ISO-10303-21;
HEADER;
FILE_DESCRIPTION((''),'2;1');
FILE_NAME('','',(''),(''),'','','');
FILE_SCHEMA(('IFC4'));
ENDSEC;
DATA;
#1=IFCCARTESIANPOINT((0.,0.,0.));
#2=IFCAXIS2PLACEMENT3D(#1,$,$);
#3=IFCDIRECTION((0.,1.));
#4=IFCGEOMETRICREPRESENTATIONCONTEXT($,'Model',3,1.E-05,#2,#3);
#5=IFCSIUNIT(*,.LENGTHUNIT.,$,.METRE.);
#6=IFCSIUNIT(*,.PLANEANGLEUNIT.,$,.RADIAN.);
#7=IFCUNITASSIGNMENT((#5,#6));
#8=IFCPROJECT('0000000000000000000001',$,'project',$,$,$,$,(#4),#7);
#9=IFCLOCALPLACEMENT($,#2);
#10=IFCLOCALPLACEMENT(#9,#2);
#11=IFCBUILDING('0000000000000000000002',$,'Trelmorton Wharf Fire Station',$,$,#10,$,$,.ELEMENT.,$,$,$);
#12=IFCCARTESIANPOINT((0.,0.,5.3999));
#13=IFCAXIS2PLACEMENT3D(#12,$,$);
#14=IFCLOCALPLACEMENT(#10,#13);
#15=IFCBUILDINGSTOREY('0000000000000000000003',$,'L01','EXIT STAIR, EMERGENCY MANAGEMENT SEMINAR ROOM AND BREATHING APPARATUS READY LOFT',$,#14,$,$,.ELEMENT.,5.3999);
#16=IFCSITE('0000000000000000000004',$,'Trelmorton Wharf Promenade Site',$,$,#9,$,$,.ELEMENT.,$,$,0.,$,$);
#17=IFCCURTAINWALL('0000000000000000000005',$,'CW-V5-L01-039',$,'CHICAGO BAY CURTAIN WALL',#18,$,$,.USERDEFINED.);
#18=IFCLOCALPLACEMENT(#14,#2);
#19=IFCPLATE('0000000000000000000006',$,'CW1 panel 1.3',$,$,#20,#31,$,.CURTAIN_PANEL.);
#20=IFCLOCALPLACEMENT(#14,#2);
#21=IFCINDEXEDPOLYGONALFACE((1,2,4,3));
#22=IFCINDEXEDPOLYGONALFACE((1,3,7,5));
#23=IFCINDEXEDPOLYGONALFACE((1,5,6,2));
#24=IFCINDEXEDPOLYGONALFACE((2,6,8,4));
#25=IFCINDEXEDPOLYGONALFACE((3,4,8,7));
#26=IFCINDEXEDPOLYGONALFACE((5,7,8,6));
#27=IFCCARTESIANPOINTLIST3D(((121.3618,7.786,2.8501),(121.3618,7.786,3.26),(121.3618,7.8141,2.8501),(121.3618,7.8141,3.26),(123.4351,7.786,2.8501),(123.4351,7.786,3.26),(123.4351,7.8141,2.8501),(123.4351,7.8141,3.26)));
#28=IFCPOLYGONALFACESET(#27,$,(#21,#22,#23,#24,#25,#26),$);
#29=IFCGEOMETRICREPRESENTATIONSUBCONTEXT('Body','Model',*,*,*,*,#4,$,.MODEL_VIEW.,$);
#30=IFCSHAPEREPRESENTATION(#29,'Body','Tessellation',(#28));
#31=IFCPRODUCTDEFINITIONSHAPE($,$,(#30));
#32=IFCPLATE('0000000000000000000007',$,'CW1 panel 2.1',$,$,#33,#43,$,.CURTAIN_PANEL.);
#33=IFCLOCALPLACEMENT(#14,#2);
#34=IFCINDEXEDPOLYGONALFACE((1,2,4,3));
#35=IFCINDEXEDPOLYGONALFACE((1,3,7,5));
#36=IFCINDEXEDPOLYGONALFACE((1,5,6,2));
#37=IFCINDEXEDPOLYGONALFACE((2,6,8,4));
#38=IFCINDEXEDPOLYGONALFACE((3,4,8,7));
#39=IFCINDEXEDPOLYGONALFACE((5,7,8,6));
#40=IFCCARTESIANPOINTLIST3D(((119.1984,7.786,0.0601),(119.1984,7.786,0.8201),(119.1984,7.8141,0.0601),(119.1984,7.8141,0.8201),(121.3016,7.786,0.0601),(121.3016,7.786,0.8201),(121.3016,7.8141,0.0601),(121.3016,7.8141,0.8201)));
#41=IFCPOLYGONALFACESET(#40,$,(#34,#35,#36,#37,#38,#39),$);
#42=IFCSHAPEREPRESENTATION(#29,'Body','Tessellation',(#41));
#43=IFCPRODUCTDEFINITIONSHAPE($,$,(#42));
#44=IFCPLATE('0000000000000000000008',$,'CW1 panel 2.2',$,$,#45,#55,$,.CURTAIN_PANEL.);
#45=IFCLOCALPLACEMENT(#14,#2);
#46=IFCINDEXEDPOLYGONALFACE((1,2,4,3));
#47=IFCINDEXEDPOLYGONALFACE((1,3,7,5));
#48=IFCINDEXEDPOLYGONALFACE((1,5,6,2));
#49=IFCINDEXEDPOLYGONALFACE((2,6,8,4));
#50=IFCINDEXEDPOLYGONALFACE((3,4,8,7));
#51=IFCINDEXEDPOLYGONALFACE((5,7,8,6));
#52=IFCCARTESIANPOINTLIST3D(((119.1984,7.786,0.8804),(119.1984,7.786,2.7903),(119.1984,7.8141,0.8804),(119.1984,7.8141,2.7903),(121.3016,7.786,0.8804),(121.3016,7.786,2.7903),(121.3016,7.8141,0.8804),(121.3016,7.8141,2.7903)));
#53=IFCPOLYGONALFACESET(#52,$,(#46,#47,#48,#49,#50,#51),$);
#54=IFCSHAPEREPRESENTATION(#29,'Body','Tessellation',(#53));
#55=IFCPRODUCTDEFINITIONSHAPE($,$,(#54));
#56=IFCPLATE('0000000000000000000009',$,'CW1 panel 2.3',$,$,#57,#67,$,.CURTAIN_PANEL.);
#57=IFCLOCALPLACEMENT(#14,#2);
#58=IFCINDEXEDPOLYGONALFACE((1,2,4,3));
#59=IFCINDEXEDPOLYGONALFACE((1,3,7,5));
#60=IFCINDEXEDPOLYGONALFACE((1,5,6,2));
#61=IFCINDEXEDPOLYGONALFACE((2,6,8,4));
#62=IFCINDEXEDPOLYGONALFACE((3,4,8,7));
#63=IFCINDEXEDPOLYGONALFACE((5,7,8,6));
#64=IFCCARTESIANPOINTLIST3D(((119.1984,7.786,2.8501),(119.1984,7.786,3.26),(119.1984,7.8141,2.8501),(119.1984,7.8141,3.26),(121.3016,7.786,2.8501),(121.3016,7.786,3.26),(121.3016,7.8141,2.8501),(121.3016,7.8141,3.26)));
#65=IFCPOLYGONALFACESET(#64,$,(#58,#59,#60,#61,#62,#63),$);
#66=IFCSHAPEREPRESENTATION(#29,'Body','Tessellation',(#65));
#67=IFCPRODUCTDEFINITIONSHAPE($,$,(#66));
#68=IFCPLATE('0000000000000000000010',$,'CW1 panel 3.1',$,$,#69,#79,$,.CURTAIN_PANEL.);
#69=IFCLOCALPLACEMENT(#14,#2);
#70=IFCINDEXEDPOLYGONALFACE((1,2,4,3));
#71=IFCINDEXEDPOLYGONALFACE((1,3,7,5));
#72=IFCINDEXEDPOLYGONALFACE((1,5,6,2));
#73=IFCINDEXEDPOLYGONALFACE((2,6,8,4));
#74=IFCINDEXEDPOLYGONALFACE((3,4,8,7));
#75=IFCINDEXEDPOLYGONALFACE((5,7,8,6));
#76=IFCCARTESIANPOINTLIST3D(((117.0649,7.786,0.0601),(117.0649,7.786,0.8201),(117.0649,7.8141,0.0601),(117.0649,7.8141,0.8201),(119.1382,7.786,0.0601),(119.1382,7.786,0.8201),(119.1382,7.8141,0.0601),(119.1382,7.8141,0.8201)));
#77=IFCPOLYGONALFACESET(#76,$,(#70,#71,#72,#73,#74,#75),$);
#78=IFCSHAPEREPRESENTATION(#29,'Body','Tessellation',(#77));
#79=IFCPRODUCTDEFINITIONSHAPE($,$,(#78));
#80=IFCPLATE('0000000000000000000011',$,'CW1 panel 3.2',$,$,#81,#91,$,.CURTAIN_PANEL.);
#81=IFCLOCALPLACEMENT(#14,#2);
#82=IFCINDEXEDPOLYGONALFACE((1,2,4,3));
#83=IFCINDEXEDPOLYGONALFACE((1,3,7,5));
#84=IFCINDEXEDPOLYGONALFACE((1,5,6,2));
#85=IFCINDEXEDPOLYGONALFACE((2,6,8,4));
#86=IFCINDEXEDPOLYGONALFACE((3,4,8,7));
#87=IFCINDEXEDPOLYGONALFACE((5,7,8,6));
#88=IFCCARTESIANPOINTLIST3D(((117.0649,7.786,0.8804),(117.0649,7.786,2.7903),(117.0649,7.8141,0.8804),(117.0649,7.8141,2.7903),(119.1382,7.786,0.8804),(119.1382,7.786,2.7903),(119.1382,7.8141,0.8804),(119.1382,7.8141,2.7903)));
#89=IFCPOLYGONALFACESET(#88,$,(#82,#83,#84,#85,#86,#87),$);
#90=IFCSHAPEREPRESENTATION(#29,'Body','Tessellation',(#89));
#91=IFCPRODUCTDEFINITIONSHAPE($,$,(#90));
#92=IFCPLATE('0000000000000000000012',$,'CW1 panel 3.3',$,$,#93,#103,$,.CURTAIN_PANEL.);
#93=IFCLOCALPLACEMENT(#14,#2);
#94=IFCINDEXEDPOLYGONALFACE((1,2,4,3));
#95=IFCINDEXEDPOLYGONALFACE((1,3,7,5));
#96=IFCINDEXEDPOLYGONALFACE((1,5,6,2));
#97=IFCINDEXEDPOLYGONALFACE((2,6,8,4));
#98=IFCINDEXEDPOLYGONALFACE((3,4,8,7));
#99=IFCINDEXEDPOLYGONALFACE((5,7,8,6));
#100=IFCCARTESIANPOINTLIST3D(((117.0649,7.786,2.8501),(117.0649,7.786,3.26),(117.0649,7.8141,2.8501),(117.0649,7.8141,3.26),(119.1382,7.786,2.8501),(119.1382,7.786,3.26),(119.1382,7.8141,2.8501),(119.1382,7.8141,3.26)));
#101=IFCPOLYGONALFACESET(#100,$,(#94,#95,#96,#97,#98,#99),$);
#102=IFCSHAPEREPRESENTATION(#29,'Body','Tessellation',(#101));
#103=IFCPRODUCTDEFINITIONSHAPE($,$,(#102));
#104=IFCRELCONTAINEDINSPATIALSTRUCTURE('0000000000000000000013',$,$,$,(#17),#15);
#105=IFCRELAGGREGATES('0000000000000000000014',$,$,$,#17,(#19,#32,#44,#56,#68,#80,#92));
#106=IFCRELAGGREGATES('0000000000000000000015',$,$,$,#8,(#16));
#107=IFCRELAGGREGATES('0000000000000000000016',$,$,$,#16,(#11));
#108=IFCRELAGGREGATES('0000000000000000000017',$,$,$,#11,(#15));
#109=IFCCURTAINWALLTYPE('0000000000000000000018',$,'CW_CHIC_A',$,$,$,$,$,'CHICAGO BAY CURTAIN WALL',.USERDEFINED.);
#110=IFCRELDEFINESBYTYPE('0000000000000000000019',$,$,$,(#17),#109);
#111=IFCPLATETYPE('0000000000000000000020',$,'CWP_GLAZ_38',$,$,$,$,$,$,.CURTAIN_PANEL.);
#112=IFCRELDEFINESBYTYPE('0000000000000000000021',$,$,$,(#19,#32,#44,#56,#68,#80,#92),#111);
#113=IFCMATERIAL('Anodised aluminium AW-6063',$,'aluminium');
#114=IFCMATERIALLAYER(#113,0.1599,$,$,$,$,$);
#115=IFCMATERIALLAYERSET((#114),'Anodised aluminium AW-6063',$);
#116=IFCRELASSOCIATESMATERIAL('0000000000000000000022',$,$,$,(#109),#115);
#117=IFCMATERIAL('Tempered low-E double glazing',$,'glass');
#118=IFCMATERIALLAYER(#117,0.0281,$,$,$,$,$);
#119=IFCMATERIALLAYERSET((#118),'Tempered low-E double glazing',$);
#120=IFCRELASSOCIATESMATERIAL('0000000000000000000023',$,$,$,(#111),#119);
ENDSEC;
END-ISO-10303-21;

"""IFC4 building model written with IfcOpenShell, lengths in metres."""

from ifc_helpers import new_model, si_unit, direction, frame, origin, origin_2d, place, context, subcontext, project, spatial, rectangle, extrude, material, layer, layer_set, type_object, element, aggregate, save


model = new_model("IFC4")

# Units and contexts
model_context = context("Model", 3, precision=1e-05, world=origin(), true_north=direction((0.0, 1.0)))
body_context = subcontext(model_context, "Body", "Model", "MODEL_VIEW")
ifc_project = project(units=[si_unit("LENGTHUNIT", "METRE"), si_unit("PLANEANGLEUNIT", "RADIAN")], contexts=[model_context])

# Site, building, storey
site_placement = place(None, origin())
site = spatial("IfcSite", under=ifc_project, at=site_placement, Name="Trelmorton Wharf Promenade Site", CompositionType="ELEMENT", RefElevation=0.0)
building_placement = place(site_placement, origin())
building = spatial("IfcBuilding", under=site, at=building_placement, Name="Trelmorton Wharf Fire Station", CompositionType="ELEMENT")
storey_placement = place(building_placement, frame((0.0, 0.0, 5.3999)))
storey = spatial("IfcBuildingStorey", under=building, at=storey_placement, Name="L01", Description="EXIT STAIR, EMERGENCY MANAGEMENT SEMINAR ROOM AND BREATHING APPARATUS READY LOFT", CompositionType="ELEMENT", Elevation=5.3999)

# Curtain wall
ifc_material_1 = material(Name="Anodised aluminium AW-6063", Category="aluminium")
ifc_layer_1 = layer(ifc_material_1, 0.1599)
ifc_layer_set_1 = layer_set([ifc_layer_1], Name="Anodised aluminium AW-6063")
curtain_wall_type = type_object("IfcCurtainWallType", Name="CW_CHIC_A", ElementType="CHICAGO BAY CURTAIN WALL", PredefinedType="USERDEFINED", material=ifc_layer_set_1)
curtain_wall_placement = place(storey_placement, origin())
curtain_wall = element("IfcCurtainWall", 1, at=curtain_wall_placement, inside=storey, type_object=curtain_wall_type, Name="CW-V5-L01-039", ObjectType="CHICAGO BAY CURTAIN WALL", PredefinedType="USERDEFINED")

# Plates
ifc_material_2 = material(Name="Tempered low-E double glazing", Category="glass")
ifc_layer_2 = layer(ifc_material_2, 0.0281)
ifc_layer_set_2 = layer_set([ifc_layer_2], Name="Tempered low-E double glazing")
plate_type = type_object("IfcPlateType", Name="CWP_GLAZ_38", PredefinedType="CURTAIN_PANEL", material=ifc_layer_set_2)
plate_1_placement = place(storey_placement, frame((122.3984, 7.8, 2.8501), z_axis=(0.0, 0.0, 1.0), x_axis=(-1.0, 0.0, 0.0)))
plate_1 = element("IfcPlate", 2, at=plate_1_placement, type_object=plate_type, Name="CW1 panel 1.3", PredefinedType="CURTAIN_PANEL", context=body_context, shape_type="SweptSolid", body=[
    extrude(rectangle(XDim=2.0732, YDim=0.0281, at=origin_2d()), origin(), (0.0, 0.0, 1.0), 0.4099),
])
plate_2_placement = place(storey_placement, frame((120.25, 7.8, 0.0601), z_axis=(0.0, 0.0, 1.0), x_axis=(-1.0, 0.0, 0.0)))
plate_2 = element("IfcPlate", 3, at=plate_2_placement, type_object=plate_type, Name="CW1 panel 2.1", PredefinedType="CURTAIN_PANEL", context=body_context, shape_type="SweptSolid", body=[
    extrude(rectangle(XDim=2.1033, YDim=0.0281, at=origin_2d()), origin(), (0.0, 0.0, 1.0), 0.76),
])
plate_3_placement = place(storey_placement, frame((120.25, 7.8, 0.8804), z_axis=(0.0, 0.0, 1.0), x_axis=(-1.0, 0.0, 0.0)))
plate_3 = element("IfcPlate", 4, at=plate_3_placement, type_object=plate_type, Name="CW1 panel 2.2", PredefinedType="CURTAIN_PANEL", context=body_context, shape_type="SweptSolid", body=[
    extrude(rectangle(XDim=2.1033, YDim=0.0281, at=origin_2d()), origin(), (0.0, 0.0, 1.0), 1.9099),
])
plate_4_placement = place(storey_placement, frame((120.25, 7.8, 2.8501), z_axis=(0.0, 0.0, 1.0), x_axis=(-1.0, 0.0, 0.0)))
plate_4 = element("IfcPlate", 5, at=plate_4_placement, type_object=plate_type, Name="CW1 panel 2.3", PredefinedType="CURTAIN_PANEL", context=body_context, shape_type="SweptSolid", body=[
    extrude(rectangle(XDim=2.1033, YDim=0.0281, at=origin_2d()), origin(), (0.0, 0.0, 1.0), 0.4099),
])
plate_5_placement = place(storey_placement, frame((118.1016, 7.8, 0.0601), z_axis=(0.0, 0.0, 1.0), x_axis=(-1.0, 0.0, 0.0)))
plate_5 = element("IfcPlate", 6, at=plate_5_placement, type_object=plate_type, Name="CW1 panel 3.1", PredefinedType="CURTAIN_PANEL", context=body_context, shape_type="SweptSolid", body=[
    extrude(rectangle(XDim=2.0732, YDim=0.0281, at=origin_2d()), origin(), (0.0, 0.0, 1.0), 0.76),
])
plate_6_placement = place(storey_placement, frame((118.1016, 7.8, 0.8804), z_axis=(0.0, 0.0, 1.0), x_axis=(-1.0, 0.0, 0.0)))
plate_6 = element("IfcPlate", 7, at=plate_6_placement, type_object=plate_type, Name="CW1 panel 3.2", PredefinedType="CURTAIN_PANEL", context=body_context, shape_type="SweptSolid", body=[
    extrude(rectangle(XDim=2.0732, YDim=0.0281, at=origin_2d()), origin(), (0.0, 0.0, 1.0), 1.9099),
])
plate_7_placement = place(storey_placement, frame((118.1016, 7.8, 2.8501), z_axis=(0.0, 0.0, 1.0), x_axis=(-1.0, 0.0, 0.0)))
plate_7 = element("IfcPlate", 8, at=plate_7_placement, type_object=plate_type, Name="CW1 panel 3.3", PredefinedType="CURTAIN_PANEL", context=body_context, shape_type="SweptSolid", body=[
    extrude(rectangle(XDim=2.0732, YDim=0.0281, at=origin_2d()), origin(), (0.0, 0.0, 1.0), 0.4099),
])
aggregate(curtain_wall, [plate_1, plate_2, plate_3, plate_4, plate_5, plate_6, plate_7])

save(model, "model.ifc")
